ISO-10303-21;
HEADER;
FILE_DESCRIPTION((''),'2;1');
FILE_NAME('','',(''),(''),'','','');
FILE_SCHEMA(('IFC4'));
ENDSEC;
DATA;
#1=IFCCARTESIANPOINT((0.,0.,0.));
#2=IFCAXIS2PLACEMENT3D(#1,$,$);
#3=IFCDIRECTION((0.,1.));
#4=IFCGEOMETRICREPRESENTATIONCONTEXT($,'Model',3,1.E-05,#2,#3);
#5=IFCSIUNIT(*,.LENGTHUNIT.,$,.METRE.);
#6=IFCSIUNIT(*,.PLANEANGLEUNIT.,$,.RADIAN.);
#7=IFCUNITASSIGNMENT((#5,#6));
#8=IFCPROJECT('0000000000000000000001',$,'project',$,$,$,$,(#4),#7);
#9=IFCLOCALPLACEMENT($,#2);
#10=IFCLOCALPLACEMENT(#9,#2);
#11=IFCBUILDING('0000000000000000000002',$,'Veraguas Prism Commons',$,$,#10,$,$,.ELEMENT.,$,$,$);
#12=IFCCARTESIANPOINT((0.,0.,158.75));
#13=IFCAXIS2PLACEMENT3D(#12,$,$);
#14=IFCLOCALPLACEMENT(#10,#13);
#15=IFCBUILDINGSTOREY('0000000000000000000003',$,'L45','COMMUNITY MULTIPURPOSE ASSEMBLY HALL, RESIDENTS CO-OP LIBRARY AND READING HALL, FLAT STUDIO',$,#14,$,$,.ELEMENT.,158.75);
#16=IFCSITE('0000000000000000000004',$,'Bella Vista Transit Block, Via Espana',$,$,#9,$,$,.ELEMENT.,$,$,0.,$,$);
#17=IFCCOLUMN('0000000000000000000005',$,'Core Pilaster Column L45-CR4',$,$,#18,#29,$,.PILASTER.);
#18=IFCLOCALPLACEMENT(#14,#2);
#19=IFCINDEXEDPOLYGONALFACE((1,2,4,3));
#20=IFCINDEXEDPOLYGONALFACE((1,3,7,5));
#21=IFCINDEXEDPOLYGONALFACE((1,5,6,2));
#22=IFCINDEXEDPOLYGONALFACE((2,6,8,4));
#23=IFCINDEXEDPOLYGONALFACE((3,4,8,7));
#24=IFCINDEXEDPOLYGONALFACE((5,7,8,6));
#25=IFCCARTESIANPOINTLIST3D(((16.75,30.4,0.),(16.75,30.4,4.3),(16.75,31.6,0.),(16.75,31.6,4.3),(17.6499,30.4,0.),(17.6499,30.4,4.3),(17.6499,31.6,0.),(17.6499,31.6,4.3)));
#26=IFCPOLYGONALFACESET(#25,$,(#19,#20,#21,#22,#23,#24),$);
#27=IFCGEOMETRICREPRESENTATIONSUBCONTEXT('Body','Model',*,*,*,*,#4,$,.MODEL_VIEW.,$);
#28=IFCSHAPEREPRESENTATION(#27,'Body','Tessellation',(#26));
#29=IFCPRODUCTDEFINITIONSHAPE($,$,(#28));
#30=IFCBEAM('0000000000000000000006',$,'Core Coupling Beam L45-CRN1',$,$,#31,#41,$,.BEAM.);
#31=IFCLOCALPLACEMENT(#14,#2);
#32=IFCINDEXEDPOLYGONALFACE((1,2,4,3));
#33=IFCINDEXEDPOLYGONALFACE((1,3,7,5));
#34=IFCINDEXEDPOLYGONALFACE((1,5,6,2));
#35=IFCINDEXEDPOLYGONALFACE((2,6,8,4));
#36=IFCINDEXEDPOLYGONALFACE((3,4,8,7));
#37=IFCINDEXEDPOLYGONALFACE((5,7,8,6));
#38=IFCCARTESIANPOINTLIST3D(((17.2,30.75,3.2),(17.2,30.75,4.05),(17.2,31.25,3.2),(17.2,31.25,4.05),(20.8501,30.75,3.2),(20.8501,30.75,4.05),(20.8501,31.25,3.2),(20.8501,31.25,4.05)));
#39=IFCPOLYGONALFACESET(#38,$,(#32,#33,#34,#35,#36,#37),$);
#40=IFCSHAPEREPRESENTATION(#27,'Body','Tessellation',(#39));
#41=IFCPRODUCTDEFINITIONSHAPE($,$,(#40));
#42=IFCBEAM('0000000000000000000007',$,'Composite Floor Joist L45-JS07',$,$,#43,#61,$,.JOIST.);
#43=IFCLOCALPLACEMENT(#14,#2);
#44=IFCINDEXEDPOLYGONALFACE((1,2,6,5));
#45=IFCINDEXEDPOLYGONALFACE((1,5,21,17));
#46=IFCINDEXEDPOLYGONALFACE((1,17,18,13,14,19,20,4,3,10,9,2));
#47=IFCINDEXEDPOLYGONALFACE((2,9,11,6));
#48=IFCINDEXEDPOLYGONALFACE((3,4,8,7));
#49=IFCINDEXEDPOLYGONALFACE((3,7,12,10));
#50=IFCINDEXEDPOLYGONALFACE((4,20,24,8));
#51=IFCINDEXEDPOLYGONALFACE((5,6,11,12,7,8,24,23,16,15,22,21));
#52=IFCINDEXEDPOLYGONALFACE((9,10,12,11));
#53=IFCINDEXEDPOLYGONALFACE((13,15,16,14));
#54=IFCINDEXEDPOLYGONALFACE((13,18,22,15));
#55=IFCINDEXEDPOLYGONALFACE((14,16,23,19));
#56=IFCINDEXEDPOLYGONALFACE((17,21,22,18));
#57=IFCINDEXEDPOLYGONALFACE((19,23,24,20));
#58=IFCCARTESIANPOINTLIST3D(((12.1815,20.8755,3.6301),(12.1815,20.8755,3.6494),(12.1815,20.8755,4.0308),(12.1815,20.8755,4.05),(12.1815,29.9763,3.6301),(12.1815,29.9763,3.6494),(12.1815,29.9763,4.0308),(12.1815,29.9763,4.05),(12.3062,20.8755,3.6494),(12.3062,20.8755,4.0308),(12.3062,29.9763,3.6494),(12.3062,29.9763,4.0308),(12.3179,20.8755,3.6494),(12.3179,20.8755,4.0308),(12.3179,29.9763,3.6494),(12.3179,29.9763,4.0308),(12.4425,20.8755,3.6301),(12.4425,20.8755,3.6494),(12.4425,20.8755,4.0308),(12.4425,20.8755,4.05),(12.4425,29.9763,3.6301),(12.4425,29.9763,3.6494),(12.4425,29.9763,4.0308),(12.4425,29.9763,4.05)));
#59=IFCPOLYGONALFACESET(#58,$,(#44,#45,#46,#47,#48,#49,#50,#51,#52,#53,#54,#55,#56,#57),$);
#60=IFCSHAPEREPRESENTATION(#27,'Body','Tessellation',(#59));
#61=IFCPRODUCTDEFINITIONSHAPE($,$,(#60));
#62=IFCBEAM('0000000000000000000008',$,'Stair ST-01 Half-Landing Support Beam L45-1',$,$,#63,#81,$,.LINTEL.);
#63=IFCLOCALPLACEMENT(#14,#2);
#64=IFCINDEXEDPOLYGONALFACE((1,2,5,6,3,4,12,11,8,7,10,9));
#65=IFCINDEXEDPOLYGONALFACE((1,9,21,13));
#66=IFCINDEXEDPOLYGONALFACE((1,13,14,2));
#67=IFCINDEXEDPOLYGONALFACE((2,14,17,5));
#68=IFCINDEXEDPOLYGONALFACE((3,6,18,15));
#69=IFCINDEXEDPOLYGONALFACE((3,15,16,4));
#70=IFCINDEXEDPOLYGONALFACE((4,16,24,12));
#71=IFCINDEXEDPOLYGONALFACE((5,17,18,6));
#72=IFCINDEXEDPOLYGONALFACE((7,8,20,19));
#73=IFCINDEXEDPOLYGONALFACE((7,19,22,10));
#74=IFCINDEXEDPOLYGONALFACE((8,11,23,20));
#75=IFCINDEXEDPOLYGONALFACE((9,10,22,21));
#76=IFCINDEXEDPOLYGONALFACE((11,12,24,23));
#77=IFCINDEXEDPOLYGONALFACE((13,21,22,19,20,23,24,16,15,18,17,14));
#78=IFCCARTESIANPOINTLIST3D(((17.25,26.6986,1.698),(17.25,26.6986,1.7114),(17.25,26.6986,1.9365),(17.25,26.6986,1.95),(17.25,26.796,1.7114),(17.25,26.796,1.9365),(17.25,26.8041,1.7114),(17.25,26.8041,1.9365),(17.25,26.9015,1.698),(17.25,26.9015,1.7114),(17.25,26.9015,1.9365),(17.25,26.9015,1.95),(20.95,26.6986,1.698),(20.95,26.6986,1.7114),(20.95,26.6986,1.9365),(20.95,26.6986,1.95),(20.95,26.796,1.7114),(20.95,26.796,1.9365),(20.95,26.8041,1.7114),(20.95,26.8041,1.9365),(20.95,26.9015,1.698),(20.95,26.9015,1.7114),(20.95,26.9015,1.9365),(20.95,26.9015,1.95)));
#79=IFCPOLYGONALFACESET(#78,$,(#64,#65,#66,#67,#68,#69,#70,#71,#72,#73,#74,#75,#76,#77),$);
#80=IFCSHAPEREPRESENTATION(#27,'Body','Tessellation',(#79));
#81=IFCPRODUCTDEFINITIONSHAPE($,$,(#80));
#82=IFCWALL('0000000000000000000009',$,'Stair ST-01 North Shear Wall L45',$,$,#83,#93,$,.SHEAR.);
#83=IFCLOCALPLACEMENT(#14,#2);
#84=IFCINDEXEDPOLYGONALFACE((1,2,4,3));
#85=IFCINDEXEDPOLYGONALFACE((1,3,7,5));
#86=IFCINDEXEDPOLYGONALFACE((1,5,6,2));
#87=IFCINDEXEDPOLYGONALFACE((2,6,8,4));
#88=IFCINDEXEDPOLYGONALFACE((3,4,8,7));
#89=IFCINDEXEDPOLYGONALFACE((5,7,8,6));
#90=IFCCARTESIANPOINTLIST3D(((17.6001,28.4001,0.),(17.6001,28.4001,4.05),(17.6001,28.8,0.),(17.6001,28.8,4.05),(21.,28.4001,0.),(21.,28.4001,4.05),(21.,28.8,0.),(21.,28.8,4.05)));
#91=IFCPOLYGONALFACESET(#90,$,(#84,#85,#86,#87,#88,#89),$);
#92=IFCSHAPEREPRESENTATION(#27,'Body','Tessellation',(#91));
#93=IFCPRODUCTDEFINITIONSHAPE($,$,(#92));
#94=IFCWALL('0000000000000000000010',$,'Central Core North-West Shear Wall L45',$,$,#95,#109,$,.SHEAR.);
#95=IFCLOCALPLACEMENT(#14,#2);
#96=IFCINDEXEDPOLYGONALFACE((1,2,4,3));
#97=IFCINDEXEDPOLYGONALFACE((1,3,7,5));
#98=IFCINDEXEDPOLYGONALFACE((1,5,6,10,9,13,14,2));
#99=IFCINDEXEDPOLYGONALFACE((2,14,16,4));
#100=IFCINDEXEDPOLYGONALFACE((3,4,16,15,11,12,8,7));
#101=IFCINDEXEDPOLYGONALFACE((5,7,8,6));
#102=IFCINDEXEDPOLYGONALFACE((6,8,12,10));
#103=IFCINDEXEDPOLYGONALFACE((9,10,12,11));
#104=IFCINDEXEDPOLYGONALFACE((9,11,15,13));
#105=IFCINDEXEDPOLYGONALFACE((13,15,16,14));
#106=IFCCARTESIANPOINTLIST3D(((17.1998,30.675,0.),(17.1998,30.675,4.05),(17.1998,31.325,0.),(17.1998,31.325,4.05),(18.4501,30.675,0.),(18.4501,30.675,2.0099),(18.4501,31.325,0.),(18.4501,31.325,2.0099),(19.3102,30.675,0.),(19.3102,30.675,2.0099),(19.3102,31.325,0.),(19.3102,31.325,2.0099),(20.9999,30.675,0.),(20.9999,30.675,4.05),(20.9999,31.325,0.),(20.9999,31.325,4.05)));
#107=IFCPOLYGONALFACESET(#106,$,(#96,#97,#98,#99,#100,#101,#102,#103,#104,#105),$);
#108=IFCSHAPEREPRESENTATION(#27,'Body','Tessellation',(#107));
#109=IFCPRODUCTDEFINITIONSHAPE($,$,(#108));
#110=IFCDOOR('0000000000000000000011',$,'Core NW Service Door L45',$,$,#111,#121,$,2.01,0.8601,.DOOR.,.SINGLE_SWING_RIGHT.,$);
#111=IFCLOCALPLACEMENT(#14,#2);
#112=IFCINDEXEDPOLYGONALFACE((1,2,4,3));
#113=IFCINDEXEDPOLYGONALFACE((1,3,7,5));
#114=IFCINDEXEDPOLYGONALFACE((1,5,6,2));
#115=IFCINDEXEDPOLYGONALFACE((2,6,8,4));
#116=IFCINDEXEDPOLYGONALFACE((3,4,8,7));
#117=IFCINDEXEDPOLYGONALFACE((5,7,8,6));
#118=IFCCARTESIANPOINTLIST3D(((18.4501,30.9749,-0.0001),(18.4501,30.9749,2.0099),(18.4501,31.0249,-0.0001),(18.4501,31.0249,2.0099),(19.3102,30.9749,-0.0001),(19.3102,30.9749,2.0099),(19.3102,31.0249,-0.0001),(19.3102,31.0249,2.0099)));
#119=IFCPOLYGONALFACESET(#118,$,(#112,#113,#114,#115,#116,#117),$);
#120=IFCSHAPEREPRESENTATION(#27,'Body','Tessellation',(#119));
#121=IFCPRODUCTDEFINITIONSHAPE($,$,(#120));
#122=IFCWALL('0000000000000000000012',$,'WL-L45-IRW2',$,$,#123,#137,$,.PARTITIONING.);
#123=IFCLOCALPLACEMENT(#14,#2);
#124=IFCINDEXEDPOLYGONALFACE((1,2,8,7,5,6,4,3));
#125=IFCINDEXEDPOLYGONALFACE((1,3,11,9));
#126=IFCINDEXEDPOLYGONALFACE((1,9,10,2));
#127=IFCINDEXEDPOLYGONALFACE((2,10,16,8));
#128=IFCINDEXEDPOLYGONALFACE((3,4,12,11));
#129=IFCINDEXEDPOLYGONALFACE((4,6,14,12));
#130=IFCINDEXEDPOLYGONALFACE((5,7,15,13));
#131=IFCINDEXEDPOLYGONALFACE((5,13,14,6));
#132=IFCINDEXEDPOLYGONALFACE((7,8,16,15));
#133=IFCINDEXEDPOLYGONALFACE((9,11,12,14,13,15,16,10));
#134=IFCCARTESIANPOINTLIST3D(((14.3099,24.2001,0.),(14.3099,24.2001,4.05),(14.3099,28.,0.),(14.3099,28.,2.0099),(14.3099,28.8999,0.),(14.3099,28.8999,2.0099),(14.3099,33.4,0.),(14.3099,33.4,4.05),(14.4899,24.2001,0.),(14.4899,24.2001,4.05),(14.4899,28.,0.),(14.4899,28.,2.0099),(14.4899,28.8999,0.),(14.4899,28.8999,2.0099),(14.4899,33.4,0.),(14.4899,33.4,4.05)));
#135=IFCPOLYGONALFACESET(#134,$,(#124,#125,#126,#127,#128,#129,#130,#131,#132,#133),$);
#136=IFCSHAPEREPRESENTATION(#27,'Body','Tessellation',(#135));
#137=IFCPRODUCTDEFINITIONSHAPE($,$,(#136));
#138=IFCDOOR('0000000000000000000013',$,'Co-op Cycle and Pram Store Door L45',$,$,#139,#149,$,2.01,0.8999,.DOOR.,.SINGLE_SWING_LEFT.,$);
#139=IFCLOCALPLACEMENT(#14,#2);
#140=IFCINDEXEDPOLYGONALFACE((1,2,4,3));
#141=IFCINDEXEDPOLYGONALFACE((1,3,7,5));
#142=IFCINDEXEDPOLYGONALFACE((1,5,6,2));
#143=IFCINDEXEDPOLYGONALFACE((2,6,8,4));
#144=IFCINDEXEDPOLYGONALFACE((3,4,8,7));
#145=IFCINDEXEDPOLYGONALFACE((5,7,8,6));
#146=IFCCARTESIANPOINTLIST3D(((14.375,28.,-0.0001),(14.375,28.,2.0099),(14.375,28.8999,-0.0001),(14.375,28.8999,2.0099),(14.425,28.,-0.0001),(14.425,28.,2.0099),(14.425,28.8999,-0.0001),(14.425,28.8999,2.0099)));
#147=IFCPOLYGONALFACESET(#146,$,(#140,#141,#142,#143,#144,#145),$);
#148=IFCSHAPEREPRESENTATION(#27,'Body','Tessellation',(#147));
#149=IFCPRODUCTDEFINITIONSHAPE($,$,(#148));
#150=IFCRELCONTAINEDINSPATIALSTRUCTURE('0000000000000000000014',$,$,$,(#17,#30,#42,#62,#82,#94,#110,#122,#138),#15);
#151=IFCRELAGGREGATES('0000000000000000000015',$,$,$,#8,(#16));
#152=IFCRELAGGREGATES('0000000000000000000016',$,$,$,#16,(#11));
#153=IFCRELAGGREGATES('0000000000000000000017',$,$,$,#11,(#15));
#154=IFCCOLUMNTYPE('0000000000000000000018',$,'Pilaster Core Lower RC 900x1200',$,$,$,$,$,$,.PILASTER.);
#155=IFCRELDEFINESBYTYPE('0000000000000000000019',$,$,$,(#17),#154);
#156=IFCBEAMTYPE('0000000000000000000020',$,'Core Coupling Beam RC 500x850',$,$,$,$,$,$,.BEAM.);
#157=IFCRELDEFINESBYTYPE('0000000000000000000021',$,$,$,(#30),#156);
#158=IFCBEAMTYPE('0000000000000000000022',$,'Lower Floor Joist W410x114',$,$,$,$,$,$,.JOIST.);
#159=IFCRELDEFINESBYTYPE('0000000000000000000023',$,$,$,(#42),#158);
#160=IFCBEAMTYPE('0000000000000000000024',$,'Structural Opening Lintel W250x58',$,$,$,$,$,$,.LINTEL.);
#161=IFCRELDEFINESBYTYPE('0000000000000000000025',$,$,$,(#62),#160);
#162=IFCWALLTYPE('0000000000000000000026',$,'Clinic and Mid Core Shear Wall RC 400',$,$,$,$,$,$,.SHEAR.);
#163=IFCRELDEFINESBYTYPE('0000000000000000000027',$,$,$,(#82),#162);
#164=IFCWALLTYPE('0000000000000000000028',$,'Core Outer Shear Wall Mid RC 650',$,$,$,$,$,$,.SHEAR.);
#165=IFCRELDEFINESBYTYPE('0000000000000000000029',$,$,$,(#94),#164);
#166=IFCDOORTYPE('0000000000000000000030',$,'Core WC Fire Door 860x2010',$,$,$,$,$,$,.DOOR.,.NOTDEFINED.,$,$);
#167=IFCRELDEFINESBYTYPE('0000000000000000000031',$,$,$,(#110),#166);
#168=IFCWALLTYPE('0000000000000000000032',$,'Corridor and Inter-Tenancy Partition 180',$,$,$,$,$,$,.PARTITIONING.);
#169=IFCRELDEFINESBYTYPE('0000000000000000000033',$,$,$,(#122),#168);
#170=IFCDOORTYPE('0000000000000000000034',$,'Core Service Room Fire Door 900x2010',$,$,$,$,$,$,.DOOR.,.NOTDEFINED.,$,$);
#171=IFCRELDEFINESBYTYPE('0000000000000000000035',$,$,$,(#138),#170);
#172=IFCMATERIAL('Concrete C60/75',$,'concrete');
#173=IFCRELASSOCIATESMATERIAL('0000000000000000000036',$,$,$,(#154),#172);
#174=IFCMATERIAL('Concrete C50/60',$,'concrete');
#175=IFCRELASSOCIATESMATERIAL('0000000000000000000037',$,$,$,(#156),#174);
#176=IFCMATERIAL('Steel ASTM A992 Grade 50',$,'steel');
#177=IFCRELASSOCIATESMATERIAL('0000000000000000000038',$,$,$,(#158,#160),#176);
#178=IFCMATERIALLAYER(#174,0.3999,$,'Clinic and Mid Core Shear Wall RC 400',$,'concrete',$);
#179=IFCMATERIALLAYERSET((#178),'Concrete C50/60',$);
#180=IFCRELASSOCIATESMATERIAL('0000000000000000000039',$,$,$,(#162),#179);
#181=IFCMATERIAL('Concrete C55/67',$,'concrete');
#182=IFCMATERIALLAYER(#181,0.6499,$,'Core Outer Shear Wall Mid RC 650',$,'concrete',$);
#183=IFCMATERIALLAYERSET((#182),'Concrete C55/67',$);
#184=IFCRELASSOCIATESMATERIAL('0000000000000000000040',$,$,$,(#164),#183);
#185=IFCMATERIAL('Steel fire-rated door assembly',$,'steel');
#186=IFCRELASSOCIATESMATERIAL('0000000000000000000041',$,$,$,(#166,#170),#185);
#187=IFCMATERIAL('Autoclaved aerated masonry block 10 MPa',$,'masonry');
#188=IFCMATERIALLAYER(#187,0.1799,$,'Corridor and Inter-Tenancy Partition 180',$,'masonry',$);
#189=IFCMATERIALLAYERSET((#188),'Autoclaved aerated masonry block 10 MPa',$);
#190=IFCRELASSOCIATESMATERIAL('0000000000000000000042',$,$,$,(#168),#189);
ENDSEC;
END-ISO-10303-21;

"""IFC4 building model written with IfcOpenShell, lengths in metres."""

from ifc_helpers import new_model, si_unit, direction, frame, frame_2d, origin, origin_2d, place, context, subcontext, project, spatial, rectangle, i_section, extrude, source, transform, mapped, material, layer, layer_set, material_profile, profile_set, type_object, element, fill, save


model = new_model("IFC4")

# Units and contexts
model_context = context("Model", 3, precision=1e-05, world=origin(), true_north=direction((0.0, 1.0)))
body_context = subcontext(model_context, "Body", "Model", "MODEL_VIEW")
ifc_project = project(units=[si_unit("LENGTHUNIT", "METRE"), si_unit("PLANEANGLEUNIT", "RADIAN")], contexts=[model_context])

# Site, building, storey
site_placement = place(None, origin())
site = spatial("IfcSite", under=ifc_project, at=site_placement, Name="Bella Vista Transit Block, Via Espana", CompositionType="ELEMENT", RefElevation=0.0)
building_placement = place(site_placement, origin())
building = spatial("IfcBuilding", under=site, at=building_placement, Name="Veraguas Prism Commons", CompositionType="ELEMENT")
storey_placement = place(building_placement, frame((0.0, 0.0, 158.75)))
storey = spatial("IfcBuildingStorey", under=building, at=storey_placement, Name="L45", Description="COMMUNITY MULTIPURPOSE ASSEMBLY HALL, RESIDENTS CO-OP LIBRARY AND READING HALL, FLAT STUDIO", CompositionType="ELEMENT", Elevation=158.75)

# Column
ifc_material_1 = material(Name="Concrete C60/75", Category="concrete")
ifc_material_profile_1 = material_profile(ifc_material_1, rectangle(XDim=0.8999, YDim=1.2, at=origin_2d()), Name="RC900X1200")
ifc_profile_set_1 = profile_set([ifc_material_profile_1], Name="Concrete C60/75")
column_type = type_object("IfcColumnType", Name="Pilaster Core Lower RC 900x1200", PredefinedType="PILASTER", material=ifc_profile_set_1)
column_placement = place(storey_placement, frame((17.2, 31.0, 0.0), z_axis=(0.0, 0.0, 1.0), x_axis=(1.0, 0.0, 0.0)))
element("IfcColumn", 1, at=column_placement, inside=storey, type_object=column_type, Name="Core Pilaster Column L45-CR4", PredefinedType="PILASTER", context=body_context, shape_type="SweptSolid", body=[
    extrude(rectangle(XDim=0.8999, YDim=1.2, at=origin_2d()), origin(), (0.0, 0.0, 1.0), 4.3),
])

# Beams
ifc_material_2 = material(Name="Concrete C50/60", Category="concrete")
ifc_material_profile_2 = material_profile(ifc_material_2, rectangle(XDim=0.5, YDim=0.8501, at=origin_2d()), Name="RC500X850")
ifc_profile_set_2 = profile_set([ifc_material_profile_2], Name="Concrete C50/60")
beam_type_1 = type_object("IfcBeamType", Name="Core Coupling Beam RC 500x850", PredefinedType="BEAM", material=ifc_profile_set_2)
beam_1_placement = place(storey_placement, frame((17.2, 31.0, 3.625), z_axis=(1.0, 0.0, 0.0), x_axis=(0.0, 1.0, 0.0)))
element("IfcBeam", 2, at=beam_1_placement, inside=storey, type_object=beam_type_1, Name="Core Coupling Beam L45-CRN1", PredefinedType="BEAM", context=body_context, shape_type="SweptSolid", body=[
    extrude(rectangle(XDim=0.5, YDim=0.8501, at=origin_2d()), origin(), (0.0, 0.0, 1.0), 3.6501),
])
ifc_material_3 = material(Name="Steel ASTM A992 Grade 50", Category="steel")
ifc_material_profile_3 = material_profile(ifc_material_3, i_section(OverallWidth=0.261, OverallDepth=0.4199, WebThickness=0.0117, FlangeThickness=0.0193, at=origin_2d()), Name="W410X114")
ifc_profile_set_3 = profile_set([ifc_material_profile_3], Name="Steel ASTM A992 Grade 50")
beam_type_2 = type_object("IfcBeamType", Name="Lower Floor Joist W410x114", PredefinedType="JOIST", material=ifc_profile_set_3)
beam_2_placement = place(storey_placement, frame((12.312, 29.9763, 3.8401), z_axis=(0.0, -1.0, 0.0), x_axis=(1.0, 0.0, 0.0)))
element("IfcBeam", 3, at=beam_2_placement, inside=storey, type_object=beam_type_2, Name="Composite Floor Joist L45-JS07", PredefinedType="JOIST", context=body_context, shape_type="SweptSolid", body=[
    extrude(i_section(OverallWidth=0.261, OverallDepth=0.4199, WebThickness=0.0117, FlangeThickness=0.0193, at=origin_2d()), origin(), (0.0, 0.0, 1.0), 9.1008),
])
ifc_material_profile_4 = material_profile(ifc_material_3, i_section(OverallWidth=0.2029, OverallDepth=0.252, WebThickness=0.0081, FlangeThickness=0.0134, at=origin_2d()), Name="W250X58")
ifc_profile_set_4 = profile_set([ifc_material_profile_4], Name="Steel ASTM A992 Grade 50")
beam_type_3 = type_object("IfcBeamType", Name="Structural Opening Lintel W250x58", PredefinedType="LINTEL", material=ifc_profile_set_4)
beam_3_placement = place(storey_placement, frame((17.25, 26.8, 1.824), z_axis=(1.0, 0.0, 0.0), x_axis=(0.0, 1.0, 0.0)))
element("IfcBeam", 4, at=beam_3_placement, inside=storey, type_object=beam_type_3, Name="Stair ST-01 Half-Landing Support Beam L45-1", PredefinedType="LINTEL", context=body_context, shape_type="SweptSolid", body=[
    extrude(i_section(OverallWidth=0.2029, OverallDepth=0.252, WebThickness=0.0081, FlangeThickness=0.0134, at=origin_2d()), origin(), (0.0, 0.0, 1.0), 3.7),
])

# Wall
ifc_layer_1 = layer(ifc_material_2, 0.3999, Name="Clinic and Mid Core Shear Wall RC 400", Category="concrete")
ifc_layer_set_1 = layer_set([ifc_layer_1], Name="Concrete C50/60")
wall_type_1 = type_object("IfcWallType", Name="Clinic and Mid Core Shear Wall RC 400", PredefinedType="SHEAR", material=ifc_layer_set_1)
wall_1_placement = place(storey_placement, frame((17.6001, 28.6001, 0.0), z_axis=(0.0, 0.0, 1.0), x_axis=(1.0, 0.0, 0.0)))
element("IfcWall", 5, at=wall_1_placement, inside=storey, type_object=wall_type_1, Name="Stair ST-01 North Shear Wall L45", PredefinedType="SHEAR", context=body_context, shape_type="SweptSolid", body=[
    extrude(rectangle(XDim=3.3999, YDim=0.3999, at=frame_2d((1.7, 0.0))), origin(), (0.0, 0.0, 1.0), 4.05),
])

# Walls, openings, doors
ifc_material_4 = material(Name="Concrete C55/67", Category="concrete")
ifc_layer_2 = layer(ifc_material_4, 0.6499, Name="Core Outer Shear Wall Mid RC 650", Category="concrete")
ifc_layer_set_2 = layer_set([ifc_layer_2], Name="Concrete C55/67")
wall_type_2 = type_object("IfcWallType", Name="Core Outer Shear Wall Mid RC 650", PredefinedType="SHEAR", material=ifc_layer_set_2)
wall_2_placement = place(storey_placement, frame((17.2, 31.0, 0.0), z_axis=(0.0, 0.0, 1.0), x_axis=(1.0, 0.0, 0.0)))
wall_2 = element("IfcWall", 6, at=wall_2_placement, inside=storey, type_object=wall_type_2, Name="Central Core North-West Shear Wall L45", PredefinedType="SHEAR", context=body_context, shape_type="SweptSolid", body=[
    extrude(rectangle(XDim=3.8, YDim=0.6499, at=frame_2d((1.8999, 0.0))), origin(), (0.0, 0.0, 1.0), 4.05),
])
opening_1_placement = place(wall_2_placement, frame((1.25, 0.0, 0.0)))
opening_1 = element("IfcOpeningElement", 7, at=opening_1_placement, cuts=wall_2, PredefinedType="OPENING", context=body_context, shape_type="SweptSolid", body=[
    extrude(rectangle(XDim=0.8601, YDim=2.01, at=frame_2d((0.4302, 1.0049))), frame((0.0, 0.335, 0.0), z_axis=(0.0, -1.0, 0.0), x_axis=(1.0, 0.0, 0.0)), (0.0, 0.0, 1.0), 0.6699),
])
ifc_material_5 = material(Name="Steel fire-rated door assembly", Category="steel")
door_type_1 = type_object("IfcDoorType", Name="Core WC Fire Door 860x2010", OperationType="NOTDEFINED", PredefinedType="DOOR", material=ifc_material_5)
shared_shape_1 = source(origin(), body_context, "Body", "SweptSolid", [
    extrude(rectangle(XDim=0.8601, YDim=2.01, at=frame_2d((0.4302, 1.0049))), frame((0.0, 0.0249, 0.0), z_axis=(0.0, -1.0, 0.0), x_axis=(1.0, 0.0, 0.0)), (0.0, 0.0, 1.0), 0.05),
])
door_1_placement = place(opening_1_placement, origin())
door_1 = element("IfcDoor", 8, at=door_1_placement, inside=storey, type_object=door_type_1, Name="Core NW Service Door L45", OperationType="SINGLE_SWING_RIGHT", OverallHeight=2.01, OverallWidth=0.8601, PredefinedType="DOOR", context=body_context, shape_type="MappedRepresentation", body=[
    mapped(shared_shape_1, transform((0.0, 0.0, 0.0), scale=1.0)),
])
fill(opening_1, door_1)
ifc_material_6 = material(Name="Autoclaved aerated masonry block 10 MPa", Category="masonry")
ifc_layer_3 = layer(ifc_material_6, 0.1799, Name="Corridor and Inter-Tenancy Partition 180", Category="masonry")
ifc_layer_set_3 = layer_set([ifc_layer_3], Name="Autoclaved aerated masonry block 10 MPa")
wall_type_3 = type_object("IfcWallType", Name="Corridor and Inter-Tenancy Partition 180", PredefinedType="PARTITIONING", material=ifc_layer_set_3)
wall_3_placement = place(storey_placement, frame((14.3999, 24.2, 0.0), z_axis=(0.0, 0.0, 1.0), x_axis=(0.0, 1.0, 0.0)))
wall_3 = element("IfcWall", 9, at=wall_3_placement, inside=storey, type_object=wall_type_3, Name="WL-L45-IRW2", PredefinedType="PARTITIONING", context=body_context, shape_type="SweptSolid", body=[
    extrude(rectangle(XDim=9.2, YDim=0.1799, at=frame_2d((4.6001, 0.0))), origin(), (0.0, 0.0, 1.0), 4.05),
])
opening_2_placement = place(wall_3_placement, frame((3.8, 0.0, 0.0)))
opening_2 = element("IfcOpeningElement", 10, at=opening_2_placement, cuts=wall_3, PredefinedType="OPENING", context=body_context, shape_type="SweptSolid", body=[
    extrude(rectangle(XDim=0.8999, YDim=2.01, at=frame_2d((0.45, 1.0049))), frame((0.0, 0.0999, 0.0), z_axis=(0.0, -1.0, 0.0), x_axis=(1.0, 0.0, 0.0)), (0.0, 0.0, 1.0), 0.2),
])
door_type_2 = type_object("IfcDoorType", Name="Core Service Room Fire Door 900x2010", OperationType="NOTDEFINED", PredefinedType="DOOR", material=ifc_material_5)
shared_shape_2 = source(origin(), body_context, "Body", "SweptSolid", [
    extrude(rectangle(XDim=0.8999, YDim=2.01, at=frame_2d((0.45, 1.0049))), frame((0.0, 0.0249, 0.0), z_axis=(0.0, -1.0, 0.0), x_axis=(1.0, 0.0, 0.0)), (0.0, 0.0, 1.0), 0.05),
])
door_2_placement = place(opening_2_placement, origin())
door_2 = element("IfcDoor", 11, at=door_2_placement, inside=storey, type_object=door_type_2, Name="Co-op Cycle and Pram Store Door L45", OperationType="SINGLE_SWING_LEFT", OverallHeight=2.01, OverallWidth=0.8999, PredefinedType="DOOR", context=body_context, shape_type="MappedRepresentation", body=[
    mapped(shared_shape_2, transform((0.0, 0.0, 0.0), scale=1.0)),
])
fill(opening_2, door_2)

save(model, "model.ifc")
